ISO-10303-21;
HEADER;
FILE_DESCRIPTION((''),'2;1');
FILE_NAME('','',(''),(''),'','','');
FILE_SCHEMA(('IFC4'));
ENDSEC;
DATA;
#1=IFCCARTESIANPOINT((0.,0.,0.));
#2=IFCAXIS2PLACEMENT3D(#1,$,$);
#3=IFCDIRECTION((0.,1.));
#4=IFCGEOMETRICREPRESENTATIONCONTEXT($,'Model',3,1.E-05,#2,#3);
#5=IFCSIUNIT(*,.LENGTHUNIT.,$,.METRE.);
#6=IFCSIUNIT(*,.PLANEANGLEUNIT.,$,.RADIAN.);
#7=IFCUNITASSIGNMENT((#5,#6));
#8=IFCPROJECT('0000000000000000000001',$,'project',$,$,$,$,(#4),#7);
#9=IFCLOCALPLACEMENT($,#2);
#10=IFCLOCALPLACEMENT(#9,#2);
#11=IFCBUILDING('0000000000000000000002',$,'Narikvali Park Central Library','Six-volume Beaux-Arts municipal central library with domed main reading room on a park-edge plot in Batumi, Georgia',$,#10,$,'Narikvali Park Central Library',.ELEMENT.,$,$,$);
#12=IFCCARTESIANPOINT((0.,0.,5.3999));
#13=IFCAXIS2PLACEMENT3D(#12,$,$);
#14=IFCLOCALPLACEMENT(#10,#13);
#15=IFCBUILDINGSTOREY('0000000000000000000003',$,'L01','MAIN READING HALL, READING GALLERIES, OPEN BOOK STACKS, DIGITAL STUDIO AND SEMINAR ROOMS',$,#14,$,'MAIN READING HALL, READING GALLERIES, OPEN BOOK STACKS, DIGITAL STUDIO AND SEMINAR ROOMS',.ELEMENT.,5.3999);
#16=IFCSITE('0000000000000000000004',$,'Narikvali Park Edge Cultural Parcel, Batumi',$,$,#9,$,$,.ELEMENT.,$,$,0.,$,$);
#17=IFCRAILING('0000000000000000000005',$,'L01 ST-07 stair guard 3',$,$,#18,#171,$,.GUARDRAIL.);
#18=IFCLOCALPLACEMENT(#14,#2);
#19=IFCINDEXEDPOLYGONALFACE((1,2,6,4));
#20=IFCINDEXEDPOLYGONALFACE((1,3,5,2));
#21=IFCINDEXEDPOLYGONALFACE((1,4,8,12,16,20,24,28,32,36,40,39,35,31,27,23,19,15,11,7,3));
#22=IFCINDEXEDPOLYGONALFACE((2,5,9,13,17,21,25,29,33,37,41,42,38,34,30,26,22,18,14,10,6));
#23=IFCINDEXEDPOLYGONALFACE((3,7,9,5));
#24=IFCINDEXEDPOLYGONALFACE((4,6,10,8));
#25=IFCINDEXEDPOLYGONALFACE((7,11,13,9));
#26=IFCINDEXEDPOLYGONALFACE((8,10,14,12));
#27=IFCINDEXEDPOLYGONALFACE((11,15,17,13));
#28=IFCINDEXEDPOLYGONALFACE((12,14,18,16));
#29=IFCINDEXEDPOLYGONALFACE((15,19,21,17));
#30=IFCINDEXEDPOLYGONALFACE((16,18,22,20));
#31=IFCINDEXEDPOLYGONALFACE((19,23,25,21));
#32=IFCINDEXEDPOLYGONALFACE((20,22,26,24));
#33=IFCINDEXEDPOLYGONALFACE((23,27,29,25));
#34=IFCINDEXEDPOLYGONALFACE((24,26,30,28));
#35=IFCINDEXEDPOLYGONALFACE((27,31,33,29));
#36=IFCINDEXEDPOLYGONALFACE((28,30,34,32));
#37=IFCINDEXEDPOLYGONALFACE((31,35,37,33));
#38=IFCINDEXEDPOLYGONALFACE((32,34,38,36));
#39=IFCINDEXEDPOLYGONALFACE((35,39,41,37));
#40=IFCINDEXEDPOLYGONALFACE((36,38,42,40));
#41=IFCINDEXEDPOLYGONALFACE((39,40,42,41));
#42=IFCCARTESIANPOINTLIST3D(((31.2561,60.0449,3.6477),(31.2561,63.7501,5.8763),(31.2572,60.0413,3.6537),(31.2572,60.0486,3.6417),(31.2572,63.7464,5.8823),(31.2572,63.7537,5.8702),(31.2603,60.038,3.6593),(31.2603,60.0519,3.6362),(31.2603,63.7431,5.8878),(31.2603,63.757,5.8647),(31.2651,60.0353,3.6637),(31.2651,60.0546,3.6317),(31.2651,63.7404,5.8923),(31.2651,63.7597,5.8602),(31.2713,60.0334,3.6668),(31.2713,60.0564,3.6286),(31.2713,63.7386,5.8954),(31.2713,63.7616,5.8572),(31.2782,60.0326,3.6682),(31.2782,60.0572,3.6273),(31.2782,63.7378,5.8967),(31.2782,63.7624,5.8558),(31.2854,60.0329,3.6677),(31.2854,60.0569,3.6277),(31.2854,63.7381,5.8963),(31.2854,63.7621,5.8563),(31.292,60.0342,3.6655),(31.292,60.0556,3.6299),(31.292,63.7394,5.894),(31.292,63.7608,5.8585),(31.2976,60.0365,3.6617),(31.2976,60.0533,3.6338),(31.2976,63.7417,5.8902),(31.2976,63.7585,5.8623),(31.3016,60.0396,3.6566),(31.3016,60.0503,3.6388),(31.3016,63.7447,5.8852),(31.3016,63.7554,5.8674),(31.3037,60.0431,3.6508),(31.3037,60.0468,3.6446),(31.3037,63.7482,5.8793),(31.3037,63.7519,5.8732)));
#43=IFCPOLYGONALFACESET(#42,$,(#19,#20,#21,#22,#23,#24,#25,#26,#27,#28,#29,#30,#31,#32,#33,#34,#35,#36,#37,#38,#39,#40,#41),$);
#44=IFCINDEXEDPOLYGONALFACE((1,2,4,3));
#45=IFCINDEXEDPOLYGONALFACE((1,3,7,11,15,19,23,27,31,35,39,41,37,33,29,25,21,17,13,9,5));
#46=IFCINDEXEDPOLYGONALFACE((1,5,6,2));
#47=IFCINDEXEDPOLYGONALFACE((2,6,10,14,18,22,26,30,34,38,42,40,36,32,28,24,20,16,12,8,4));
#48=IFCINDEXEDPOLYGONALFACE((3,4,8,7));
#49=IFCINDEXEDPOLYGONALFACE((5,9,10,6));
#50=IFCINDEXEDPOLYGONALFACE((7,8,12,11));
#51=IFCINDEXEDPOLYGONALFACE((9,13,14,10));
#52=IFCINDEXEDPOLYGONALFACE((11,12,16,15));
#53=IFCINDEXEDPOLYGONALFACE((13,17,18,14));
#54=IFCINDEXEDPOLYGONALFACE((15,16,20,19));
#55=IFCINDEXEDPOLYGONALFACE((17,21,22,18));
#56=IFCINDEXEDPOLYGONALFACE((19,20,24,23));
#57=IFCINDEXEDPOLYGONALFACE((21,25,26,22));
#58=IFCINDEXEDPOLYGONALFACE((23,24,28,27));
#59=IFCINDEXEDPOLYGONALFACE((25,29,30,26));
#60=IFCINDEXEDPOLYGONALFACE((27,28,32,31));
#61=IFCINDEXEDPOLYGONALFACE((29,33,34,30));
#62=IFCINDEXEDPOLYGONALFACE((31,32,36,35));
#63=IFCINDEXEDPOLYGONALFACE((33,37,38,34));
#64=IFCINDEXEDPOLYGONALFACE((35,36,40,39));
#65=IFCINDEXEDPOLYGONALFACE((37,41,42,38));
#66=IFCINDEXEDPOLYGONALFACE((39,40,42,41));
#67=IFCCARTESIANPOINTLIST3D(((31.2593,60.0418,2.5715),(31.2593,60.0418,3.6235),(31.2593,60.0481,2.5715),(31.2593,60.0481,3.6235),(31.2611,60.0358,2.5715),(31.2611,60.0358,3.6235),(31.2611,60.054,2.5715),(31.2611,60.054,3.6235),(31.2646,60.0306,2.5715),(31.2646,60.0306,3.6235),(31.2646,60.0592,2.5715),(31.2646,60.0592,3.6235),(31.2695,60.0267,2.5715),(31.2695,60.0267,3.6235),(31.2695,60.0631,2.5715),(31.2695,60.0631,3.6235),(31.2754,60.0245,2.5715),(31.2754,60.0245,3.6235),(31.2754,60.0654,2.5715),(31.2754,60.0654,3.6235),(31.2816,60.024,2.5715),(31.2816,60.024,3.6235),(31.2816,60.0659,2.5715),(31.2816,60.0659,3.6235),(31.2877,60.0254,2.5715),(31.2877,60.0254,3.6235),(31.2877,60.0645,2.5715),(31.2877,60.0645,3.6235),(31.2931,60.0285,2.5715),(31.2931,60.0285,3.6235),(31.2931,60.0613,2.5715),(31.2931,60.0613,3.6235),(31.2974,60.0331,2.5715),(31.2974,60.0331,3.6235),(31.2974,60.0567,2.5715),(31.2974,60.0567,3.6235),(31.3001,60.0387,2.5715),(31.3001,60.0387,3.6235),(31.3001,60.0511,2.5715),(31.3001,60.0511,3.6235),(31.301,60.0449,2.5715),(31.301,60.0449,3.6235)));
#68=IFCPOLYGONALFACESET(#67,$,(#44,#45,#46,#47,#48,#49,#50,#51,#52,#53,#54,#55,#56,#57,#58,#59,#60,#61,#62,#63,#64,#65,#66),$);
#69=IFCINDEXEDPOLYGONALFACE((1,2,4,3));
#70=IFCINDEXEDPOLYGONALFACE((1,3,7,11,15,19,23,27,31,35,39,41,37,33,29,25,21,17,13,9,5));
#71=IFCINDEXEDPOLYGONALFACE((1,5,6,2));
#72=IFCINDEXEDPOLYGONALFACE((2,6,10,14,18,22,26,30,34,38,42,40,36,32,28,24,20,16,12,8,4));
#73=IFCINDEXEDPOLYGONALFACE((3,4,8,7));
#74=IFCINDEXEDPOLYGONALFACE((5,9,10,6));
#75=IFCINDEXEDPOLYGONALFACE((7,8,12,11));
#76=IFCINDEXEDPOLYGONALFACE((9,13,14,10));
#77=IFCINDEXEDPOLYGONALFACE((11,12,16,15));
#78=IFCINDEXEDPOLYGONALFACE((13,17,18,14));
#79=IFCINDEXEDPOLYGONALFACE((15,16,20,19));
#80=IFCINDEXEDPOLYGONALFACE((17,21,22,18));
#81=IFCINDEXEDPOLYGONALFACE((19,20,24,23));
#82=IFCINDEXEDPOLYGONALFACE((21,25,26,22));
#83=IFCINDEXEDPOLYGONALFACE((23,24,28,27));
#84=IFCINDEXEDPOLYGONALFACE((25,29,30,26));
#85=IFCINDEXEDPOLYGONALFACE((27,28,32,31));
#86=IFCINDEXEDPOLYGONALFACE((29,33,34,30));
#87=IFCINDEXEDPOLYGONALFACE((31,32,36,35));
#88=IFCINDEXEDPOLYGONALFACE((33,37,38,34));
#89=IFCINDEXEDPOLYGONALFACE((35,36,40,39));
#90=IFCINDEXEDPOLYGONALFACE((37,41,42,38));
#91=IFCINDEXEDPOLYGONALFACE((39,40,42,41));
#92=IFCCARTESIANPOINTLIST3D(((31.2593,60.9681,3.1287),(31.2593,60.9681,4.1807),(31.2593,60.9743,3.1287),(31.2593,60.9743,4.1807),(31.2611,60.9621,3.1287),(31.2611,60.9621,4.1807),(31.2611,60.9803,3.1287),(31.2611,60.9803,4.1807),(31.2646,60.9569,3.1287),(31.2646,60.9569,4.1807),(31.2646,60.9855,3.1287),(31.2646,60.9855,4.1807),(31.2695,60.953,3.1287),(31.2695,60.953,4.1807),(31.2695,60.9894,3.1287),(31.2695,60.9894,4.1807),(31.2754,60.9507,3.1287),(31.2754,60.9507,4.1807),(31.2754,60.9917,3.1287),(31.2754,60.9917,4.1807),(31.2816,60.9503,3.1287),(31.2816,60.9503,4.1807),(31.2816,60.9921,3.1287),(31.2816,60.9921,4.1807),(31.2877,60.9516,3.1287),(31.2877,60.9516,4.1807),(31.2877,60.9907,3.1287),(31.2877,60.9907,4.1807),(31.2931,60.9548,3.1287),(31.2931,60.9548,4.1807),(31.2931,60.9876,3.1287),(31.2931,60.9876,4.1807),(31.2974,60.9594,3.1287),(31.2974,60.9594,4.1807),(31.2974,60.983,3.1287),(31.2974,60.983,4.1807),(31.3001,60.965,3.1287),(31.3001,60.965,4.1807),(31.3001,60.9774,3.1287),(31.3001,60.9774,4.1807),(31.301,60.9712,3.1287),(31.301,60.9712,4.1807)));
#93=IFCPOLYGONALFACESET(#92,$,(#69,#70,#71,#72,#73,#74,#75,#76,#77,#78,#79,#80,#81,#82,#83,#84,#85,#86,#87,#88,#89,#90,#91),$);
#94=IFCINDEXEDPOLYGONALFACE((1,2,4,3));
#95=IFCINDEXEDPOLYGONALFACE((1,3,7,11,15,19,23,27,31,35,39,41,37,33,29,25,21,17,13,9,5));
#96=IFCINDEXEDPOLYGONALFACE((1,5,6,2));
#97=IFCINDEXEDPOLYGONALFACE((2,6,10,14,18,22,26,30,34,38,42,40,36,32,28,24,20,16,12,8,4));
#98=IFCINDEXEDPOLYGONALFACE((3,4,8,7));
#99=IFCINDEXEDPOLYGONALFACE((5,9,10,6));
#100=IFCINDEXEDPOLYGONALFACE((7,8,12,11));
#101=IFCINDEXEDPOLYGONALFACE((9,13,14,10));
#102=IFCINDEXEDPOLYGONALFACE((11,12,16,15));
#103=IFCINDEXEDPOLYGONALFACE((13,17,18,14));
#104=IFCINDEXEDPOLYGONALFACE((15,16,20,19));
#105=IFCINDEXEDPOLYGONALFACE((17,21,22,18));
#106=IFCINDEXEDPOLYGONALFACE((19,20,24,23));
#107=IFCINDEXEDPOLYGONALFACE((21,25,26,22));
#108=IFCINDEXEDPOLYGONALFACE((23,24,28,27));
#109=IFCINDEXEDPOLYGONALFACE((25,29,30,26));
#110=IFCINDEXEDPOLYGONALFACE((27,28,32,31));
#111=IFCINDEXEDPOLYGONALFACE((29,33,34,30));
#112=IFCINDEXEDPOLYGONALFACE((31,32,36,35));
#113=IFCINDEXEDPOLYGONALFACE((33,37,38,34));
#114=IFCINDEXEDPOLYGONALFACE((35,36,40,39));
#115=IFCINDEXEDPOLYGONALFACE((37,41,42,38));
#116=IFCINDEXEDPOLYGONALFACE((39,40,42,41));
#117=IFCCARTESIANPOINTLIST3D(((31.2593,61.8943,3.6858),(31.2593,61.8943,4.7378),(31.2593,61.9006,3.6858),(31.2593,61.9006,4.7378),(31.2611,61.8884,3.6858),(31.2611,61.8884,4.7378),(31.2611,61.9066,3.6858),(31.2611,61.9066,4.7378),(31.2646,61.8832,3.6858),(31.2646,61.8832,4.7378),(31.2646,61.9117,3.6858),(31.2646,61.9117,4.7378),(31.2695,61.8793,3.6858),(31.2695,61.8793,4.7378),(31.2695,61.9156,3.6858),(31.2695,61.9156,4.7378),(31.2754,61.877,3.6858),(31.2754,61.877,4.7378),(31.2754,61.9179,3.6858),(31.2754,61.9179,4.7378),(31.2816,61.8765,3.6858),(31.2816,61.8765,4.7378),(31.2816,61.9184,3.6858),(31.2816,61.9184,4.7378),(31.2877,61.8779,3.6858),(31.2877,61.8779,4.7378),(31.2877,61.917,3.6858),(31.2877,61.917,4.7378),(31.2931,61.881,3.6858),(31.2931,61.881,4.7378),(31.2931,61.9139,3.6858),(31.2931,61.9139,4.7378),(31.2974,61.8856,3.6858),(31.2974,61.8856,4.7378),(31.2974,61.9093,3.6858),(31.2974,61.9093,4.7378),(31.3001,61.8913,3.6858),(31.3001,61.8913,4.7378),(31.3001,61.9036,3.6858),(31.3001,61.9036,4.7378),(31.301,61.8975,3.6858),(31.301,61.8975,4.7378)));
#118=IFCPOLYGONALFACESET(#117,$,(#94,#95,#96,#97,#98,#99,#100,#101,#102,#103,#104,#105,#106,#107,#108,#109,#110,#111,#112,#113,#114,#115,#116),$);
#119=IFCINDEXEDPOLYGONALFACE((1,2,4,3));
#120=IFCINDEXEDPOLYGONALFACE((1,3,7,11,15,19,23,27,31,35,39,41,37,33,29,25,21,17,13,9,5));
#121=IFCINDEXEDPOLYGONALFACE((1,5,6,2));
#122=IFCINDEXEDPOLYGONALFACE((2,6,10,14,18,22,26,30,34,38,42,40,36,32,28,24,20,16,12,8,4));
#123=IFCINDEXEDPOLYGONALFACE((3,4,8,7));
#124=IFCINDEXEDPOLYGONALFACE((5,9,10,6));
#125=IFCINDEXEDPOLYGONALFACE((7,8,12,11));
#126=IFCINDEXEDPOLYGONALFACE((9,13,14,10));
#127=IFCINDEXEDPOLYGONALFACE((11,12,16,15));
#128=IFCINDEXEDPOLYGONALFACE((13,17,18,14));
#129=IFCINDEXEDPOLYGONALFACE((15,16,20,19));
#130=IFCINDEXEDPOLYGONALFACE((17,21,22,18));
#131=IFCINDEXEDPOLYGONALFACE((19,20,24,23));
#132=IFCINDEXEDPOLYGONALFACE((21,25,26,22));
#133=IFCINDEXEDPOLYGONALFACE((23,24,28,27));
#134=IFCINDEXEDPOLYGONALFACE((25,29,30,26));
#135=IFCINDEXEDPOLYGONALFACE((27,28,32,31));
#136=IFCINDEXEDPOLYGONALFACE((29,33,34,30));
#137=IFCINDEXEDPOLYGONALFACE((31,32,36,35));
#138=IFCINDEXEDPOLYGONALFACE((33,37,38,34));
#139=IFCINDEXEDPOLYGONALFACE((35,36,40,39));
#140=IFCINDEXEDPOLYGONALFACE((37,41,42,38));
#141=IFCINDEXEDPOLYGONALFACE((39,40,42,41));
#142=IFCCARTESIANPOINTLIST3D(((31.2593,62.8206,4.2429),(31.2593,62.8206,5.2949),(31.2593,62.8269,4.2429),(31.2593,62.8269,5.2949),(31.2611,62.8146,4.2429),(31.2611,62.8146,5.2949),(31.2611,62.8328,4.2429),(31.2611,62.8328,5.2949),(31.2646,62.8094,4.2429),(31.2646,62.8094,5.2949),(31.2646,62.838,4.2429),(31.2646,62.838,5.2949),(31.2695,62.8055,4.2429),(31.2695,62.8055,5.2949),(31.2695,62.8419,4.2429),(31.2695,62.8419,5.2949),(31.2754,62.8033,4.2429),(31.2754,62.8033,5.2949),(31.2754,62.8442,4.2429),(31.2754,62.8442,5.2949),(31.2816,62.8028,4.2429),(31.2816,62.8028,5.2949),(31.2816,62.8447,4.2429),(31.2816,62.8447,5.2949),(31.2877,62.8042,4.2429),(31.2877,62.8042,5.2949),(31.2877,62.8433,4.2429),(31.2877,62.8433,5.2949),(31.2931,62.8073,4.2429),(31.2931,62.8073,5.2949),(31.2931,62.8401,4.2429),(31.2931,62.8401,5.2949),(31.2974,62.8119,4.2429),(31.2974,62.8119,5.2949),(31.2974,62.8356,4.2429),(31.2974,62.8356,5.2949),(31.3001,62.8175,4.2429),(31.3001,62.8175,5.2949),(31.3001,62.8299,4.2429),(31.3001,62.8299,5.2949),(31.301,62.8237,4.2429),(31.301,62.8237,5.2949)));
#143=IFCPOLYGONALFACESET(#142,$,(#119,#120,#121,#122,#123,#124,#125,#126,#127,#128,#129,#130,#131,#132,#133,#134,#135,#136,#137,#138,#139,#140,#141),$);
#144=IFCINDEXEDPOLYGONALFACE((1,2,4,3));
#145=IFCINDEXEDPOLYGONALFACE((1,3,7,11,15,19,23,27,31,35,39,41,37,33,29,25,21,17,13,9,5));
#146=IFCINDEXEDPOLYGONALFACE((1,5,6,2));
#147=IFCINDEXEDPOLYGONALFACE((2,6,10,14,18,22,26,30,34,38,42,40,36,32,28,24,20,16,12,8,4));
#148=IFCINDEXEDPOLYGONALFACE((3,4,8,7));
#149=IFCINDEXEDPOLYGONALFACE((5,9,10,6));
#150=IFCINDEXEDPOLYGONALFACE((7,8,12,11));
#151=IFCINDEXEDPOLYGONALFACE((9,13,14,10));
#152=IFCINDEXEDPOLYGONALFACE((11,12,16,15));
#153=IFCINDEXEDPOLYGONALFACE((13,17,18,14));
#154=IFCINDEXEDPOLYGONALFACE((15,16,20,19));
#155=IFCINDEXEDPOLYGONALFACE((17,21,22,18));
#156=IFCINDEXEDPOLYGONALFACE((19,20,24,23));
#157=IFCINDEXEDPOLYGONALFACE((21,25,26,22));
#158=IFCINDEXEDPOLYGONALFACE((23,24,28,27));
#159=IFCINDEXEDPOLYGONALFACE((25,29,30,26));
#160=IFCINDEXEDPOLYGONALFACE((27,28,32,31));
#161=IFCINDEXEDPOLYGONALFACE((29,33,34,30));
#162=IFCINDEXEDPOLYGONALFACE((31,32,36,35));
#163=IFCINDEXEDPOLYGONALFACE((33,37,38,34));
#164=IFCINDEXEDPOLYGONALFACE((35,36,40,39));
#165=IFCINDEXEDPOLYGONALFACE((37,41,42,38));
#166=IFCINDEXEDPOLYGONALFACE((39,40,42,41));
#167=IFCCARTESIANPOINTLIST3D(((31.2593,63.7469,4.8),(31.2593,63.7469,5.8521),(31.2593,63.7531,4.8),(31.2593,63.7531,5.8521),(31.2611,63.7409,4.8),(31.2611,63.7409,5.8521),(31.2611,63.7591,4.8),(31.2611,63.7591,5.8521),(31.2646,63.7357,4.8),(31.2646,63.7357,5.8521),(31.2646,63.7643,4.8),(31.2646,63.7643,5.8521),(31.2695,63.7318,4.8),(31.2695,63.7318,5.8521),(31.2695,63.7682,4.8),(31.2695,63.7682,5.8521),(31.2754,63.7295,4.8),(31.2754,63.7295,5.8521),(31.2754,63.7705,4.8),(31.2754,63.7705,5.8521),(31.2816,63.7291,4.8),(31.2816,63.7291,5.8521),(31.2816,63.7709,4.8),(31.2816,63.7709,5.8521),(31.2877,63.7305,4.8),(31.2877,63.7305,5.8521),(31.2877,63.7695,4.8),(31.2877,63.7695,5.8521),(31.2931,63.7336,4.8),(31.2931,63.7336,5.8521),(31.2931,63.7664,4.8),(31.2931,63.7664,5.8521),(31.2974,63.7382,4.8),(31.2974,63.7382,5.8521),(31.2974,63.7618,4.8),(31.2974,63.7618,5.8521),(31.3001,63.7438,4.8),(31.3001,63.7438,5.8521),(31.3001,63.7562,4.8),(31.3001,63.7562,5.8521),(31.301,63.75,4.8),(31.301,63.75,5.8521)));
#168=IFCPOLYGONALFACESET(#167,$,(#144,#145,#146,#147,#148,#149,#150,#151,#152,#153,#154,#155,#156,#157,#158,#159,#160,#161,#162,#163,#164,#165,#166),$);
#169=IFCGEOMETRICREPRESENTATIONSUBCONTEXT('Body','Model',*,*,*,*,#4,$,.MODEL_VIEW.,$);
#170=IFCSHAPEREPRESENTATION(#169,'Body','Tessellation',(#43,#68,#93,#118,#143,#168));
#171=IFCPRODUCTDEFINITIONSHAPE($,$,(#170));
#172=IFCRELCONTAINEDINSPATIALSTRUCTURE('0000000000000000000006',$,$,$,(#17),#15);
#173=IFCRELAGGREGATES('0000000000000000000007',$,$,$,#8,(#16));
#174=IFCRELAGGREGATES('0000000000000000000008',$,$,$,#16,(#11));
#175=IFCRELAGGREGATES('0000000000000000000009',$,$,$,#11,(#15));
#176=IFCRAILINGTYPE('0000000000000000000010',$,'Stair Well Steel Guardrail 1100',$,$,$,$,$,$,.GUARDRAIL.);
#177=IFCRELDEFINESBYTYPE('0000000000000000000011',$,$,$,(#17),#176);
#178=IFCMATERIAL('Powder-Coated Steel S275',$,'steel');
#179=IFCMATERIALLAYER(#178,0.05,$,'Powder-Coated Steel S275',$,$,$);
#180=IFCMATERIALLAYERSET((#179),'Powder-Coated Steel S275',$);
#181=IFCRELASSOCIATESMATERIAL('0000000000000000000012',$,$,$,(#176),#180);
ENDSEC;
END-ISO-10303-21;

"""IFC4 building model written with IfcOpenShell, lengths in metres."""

from ifc_helpers import new_model, si_unit, direction, frame, origin, origin_2d, place, context, subcontext, project, spatial, circle, extrude, material, layer, layer_set, type_object, element, save


model = new_model("IFC4")

# Units and contexts
model_context = context("Model", 3, precision=1e-05, world=origin(), true_north=direction((0.0, 1.0)))
body_context = subcontext(model_context, "Body", "Model", "MODEL_VIEW")
ifc_project = project(units=[si_unit("LENGTHUNIT", "METRE"), si_unit("PLANEANGLEUNIT", "RADIAN")], contexts=[model_context])

# Site, building, storey
site_placement = place(None, origin())
site = spatial("IfcSite", under=ifc_project, at=site_placement, Name="Narikvali Park Edge Cultural Parcel, Batumi", CompositionType="ELEMENT", RefElevation=0.0)
building_placement = place(site_placement, origin())
building = spatial("IfcBuilding", under=site, at=building_placement, Name="Narikvali Park Central Library", Description="Six-volume Beaux-Arts municipal central library with domed main reading room on a park-edge plot in Batumi, Georgia", LongName="Narikvali Park Central Library", CompositionType="ELEMENT")
storey_placement = place(building_placement, frame((0.0, 0.0, 5.3999)))
storey = spatial("IfcBuildingStorey", under=building, at=storey_placement, Name="L01", Description="MAIN READING HALL, READING GALLERIES, OPEN BOOK STACKS, DIGITAL STUDIO AND SEMINAR ROOMS", LongName="MAIN READING HALL, READING GALLERIES, OPEN BOOK STACKS, DIGITAL STUDIO AND SEMINAR ROOMS", CompositionType="ELEMENT", Elevation=5.3999)

# Railing
ifc_material_1 = material(Name="Powder-Coated Steel S275", Category="steel")
ifc_layer_1 = layer(ifc_material_1, 0.05, Name="Powder-Coated Steel S275")
ifc_layer_set_1 = layer_set([ifc_layer_1], Name="Powder-Coated Steel S275")
railing_type_1 = type_object("IfcRailingType", Name="Stair Well Steel Guardrail 1100", PredefinedType="GUARDRAIL", material=ifc_layer_set_1)
railing_1_placement = place(storey_placement, frame((31.28, 60.0449, 2.5715)))
element("IfcRailing", 1, at=railing_1_placement, inside=storey, type_object=railing_type_1, Name="L01 ST-07 stair guard 3", PredefinedType="GUARDRAIL", context=body_context, shape_type="SweptSolid", body=[
    extrude(circle(Radius=0.0239, at=origin_2d()), frame((0.0, 0.0, 1.0762), z_axis=(0.0, 0.856934, 0.515425), x_axis=(-1.0, 0.0, 0.0)), (0.0, 0.0, 1.0), 4.3237),
    extrude(circle(Radius=0.021, at=origin_2d()), origin(), (0.0, 0.0, 1.0), 1.052),
    extrude(circle(Radius=0.021, at=origin_2d()), frame((0.0, 0.9263, 0.5571)), (0.0, 0.0, 1.0), 1.052),
    extrude(circle(Radius=0.021, at=origin_2d()), frame((0.0, 1.8525, 1.1143)), (0.0, 0.0, 1.0), 1.052),
    extrude(circle(Radius=0.021, at=origin_2d()), frame((0.0, 2.7788, 1.6714)), (0.0, 0.0, 1.0), 1.052),
    extrude(circle(Radius=0.021, at=origin_2d()), frame((0.0, 3.7051, 2.2285)), (0.0, 0.0, 1.0), 1.052),
])

save(model, "model.ifc")
